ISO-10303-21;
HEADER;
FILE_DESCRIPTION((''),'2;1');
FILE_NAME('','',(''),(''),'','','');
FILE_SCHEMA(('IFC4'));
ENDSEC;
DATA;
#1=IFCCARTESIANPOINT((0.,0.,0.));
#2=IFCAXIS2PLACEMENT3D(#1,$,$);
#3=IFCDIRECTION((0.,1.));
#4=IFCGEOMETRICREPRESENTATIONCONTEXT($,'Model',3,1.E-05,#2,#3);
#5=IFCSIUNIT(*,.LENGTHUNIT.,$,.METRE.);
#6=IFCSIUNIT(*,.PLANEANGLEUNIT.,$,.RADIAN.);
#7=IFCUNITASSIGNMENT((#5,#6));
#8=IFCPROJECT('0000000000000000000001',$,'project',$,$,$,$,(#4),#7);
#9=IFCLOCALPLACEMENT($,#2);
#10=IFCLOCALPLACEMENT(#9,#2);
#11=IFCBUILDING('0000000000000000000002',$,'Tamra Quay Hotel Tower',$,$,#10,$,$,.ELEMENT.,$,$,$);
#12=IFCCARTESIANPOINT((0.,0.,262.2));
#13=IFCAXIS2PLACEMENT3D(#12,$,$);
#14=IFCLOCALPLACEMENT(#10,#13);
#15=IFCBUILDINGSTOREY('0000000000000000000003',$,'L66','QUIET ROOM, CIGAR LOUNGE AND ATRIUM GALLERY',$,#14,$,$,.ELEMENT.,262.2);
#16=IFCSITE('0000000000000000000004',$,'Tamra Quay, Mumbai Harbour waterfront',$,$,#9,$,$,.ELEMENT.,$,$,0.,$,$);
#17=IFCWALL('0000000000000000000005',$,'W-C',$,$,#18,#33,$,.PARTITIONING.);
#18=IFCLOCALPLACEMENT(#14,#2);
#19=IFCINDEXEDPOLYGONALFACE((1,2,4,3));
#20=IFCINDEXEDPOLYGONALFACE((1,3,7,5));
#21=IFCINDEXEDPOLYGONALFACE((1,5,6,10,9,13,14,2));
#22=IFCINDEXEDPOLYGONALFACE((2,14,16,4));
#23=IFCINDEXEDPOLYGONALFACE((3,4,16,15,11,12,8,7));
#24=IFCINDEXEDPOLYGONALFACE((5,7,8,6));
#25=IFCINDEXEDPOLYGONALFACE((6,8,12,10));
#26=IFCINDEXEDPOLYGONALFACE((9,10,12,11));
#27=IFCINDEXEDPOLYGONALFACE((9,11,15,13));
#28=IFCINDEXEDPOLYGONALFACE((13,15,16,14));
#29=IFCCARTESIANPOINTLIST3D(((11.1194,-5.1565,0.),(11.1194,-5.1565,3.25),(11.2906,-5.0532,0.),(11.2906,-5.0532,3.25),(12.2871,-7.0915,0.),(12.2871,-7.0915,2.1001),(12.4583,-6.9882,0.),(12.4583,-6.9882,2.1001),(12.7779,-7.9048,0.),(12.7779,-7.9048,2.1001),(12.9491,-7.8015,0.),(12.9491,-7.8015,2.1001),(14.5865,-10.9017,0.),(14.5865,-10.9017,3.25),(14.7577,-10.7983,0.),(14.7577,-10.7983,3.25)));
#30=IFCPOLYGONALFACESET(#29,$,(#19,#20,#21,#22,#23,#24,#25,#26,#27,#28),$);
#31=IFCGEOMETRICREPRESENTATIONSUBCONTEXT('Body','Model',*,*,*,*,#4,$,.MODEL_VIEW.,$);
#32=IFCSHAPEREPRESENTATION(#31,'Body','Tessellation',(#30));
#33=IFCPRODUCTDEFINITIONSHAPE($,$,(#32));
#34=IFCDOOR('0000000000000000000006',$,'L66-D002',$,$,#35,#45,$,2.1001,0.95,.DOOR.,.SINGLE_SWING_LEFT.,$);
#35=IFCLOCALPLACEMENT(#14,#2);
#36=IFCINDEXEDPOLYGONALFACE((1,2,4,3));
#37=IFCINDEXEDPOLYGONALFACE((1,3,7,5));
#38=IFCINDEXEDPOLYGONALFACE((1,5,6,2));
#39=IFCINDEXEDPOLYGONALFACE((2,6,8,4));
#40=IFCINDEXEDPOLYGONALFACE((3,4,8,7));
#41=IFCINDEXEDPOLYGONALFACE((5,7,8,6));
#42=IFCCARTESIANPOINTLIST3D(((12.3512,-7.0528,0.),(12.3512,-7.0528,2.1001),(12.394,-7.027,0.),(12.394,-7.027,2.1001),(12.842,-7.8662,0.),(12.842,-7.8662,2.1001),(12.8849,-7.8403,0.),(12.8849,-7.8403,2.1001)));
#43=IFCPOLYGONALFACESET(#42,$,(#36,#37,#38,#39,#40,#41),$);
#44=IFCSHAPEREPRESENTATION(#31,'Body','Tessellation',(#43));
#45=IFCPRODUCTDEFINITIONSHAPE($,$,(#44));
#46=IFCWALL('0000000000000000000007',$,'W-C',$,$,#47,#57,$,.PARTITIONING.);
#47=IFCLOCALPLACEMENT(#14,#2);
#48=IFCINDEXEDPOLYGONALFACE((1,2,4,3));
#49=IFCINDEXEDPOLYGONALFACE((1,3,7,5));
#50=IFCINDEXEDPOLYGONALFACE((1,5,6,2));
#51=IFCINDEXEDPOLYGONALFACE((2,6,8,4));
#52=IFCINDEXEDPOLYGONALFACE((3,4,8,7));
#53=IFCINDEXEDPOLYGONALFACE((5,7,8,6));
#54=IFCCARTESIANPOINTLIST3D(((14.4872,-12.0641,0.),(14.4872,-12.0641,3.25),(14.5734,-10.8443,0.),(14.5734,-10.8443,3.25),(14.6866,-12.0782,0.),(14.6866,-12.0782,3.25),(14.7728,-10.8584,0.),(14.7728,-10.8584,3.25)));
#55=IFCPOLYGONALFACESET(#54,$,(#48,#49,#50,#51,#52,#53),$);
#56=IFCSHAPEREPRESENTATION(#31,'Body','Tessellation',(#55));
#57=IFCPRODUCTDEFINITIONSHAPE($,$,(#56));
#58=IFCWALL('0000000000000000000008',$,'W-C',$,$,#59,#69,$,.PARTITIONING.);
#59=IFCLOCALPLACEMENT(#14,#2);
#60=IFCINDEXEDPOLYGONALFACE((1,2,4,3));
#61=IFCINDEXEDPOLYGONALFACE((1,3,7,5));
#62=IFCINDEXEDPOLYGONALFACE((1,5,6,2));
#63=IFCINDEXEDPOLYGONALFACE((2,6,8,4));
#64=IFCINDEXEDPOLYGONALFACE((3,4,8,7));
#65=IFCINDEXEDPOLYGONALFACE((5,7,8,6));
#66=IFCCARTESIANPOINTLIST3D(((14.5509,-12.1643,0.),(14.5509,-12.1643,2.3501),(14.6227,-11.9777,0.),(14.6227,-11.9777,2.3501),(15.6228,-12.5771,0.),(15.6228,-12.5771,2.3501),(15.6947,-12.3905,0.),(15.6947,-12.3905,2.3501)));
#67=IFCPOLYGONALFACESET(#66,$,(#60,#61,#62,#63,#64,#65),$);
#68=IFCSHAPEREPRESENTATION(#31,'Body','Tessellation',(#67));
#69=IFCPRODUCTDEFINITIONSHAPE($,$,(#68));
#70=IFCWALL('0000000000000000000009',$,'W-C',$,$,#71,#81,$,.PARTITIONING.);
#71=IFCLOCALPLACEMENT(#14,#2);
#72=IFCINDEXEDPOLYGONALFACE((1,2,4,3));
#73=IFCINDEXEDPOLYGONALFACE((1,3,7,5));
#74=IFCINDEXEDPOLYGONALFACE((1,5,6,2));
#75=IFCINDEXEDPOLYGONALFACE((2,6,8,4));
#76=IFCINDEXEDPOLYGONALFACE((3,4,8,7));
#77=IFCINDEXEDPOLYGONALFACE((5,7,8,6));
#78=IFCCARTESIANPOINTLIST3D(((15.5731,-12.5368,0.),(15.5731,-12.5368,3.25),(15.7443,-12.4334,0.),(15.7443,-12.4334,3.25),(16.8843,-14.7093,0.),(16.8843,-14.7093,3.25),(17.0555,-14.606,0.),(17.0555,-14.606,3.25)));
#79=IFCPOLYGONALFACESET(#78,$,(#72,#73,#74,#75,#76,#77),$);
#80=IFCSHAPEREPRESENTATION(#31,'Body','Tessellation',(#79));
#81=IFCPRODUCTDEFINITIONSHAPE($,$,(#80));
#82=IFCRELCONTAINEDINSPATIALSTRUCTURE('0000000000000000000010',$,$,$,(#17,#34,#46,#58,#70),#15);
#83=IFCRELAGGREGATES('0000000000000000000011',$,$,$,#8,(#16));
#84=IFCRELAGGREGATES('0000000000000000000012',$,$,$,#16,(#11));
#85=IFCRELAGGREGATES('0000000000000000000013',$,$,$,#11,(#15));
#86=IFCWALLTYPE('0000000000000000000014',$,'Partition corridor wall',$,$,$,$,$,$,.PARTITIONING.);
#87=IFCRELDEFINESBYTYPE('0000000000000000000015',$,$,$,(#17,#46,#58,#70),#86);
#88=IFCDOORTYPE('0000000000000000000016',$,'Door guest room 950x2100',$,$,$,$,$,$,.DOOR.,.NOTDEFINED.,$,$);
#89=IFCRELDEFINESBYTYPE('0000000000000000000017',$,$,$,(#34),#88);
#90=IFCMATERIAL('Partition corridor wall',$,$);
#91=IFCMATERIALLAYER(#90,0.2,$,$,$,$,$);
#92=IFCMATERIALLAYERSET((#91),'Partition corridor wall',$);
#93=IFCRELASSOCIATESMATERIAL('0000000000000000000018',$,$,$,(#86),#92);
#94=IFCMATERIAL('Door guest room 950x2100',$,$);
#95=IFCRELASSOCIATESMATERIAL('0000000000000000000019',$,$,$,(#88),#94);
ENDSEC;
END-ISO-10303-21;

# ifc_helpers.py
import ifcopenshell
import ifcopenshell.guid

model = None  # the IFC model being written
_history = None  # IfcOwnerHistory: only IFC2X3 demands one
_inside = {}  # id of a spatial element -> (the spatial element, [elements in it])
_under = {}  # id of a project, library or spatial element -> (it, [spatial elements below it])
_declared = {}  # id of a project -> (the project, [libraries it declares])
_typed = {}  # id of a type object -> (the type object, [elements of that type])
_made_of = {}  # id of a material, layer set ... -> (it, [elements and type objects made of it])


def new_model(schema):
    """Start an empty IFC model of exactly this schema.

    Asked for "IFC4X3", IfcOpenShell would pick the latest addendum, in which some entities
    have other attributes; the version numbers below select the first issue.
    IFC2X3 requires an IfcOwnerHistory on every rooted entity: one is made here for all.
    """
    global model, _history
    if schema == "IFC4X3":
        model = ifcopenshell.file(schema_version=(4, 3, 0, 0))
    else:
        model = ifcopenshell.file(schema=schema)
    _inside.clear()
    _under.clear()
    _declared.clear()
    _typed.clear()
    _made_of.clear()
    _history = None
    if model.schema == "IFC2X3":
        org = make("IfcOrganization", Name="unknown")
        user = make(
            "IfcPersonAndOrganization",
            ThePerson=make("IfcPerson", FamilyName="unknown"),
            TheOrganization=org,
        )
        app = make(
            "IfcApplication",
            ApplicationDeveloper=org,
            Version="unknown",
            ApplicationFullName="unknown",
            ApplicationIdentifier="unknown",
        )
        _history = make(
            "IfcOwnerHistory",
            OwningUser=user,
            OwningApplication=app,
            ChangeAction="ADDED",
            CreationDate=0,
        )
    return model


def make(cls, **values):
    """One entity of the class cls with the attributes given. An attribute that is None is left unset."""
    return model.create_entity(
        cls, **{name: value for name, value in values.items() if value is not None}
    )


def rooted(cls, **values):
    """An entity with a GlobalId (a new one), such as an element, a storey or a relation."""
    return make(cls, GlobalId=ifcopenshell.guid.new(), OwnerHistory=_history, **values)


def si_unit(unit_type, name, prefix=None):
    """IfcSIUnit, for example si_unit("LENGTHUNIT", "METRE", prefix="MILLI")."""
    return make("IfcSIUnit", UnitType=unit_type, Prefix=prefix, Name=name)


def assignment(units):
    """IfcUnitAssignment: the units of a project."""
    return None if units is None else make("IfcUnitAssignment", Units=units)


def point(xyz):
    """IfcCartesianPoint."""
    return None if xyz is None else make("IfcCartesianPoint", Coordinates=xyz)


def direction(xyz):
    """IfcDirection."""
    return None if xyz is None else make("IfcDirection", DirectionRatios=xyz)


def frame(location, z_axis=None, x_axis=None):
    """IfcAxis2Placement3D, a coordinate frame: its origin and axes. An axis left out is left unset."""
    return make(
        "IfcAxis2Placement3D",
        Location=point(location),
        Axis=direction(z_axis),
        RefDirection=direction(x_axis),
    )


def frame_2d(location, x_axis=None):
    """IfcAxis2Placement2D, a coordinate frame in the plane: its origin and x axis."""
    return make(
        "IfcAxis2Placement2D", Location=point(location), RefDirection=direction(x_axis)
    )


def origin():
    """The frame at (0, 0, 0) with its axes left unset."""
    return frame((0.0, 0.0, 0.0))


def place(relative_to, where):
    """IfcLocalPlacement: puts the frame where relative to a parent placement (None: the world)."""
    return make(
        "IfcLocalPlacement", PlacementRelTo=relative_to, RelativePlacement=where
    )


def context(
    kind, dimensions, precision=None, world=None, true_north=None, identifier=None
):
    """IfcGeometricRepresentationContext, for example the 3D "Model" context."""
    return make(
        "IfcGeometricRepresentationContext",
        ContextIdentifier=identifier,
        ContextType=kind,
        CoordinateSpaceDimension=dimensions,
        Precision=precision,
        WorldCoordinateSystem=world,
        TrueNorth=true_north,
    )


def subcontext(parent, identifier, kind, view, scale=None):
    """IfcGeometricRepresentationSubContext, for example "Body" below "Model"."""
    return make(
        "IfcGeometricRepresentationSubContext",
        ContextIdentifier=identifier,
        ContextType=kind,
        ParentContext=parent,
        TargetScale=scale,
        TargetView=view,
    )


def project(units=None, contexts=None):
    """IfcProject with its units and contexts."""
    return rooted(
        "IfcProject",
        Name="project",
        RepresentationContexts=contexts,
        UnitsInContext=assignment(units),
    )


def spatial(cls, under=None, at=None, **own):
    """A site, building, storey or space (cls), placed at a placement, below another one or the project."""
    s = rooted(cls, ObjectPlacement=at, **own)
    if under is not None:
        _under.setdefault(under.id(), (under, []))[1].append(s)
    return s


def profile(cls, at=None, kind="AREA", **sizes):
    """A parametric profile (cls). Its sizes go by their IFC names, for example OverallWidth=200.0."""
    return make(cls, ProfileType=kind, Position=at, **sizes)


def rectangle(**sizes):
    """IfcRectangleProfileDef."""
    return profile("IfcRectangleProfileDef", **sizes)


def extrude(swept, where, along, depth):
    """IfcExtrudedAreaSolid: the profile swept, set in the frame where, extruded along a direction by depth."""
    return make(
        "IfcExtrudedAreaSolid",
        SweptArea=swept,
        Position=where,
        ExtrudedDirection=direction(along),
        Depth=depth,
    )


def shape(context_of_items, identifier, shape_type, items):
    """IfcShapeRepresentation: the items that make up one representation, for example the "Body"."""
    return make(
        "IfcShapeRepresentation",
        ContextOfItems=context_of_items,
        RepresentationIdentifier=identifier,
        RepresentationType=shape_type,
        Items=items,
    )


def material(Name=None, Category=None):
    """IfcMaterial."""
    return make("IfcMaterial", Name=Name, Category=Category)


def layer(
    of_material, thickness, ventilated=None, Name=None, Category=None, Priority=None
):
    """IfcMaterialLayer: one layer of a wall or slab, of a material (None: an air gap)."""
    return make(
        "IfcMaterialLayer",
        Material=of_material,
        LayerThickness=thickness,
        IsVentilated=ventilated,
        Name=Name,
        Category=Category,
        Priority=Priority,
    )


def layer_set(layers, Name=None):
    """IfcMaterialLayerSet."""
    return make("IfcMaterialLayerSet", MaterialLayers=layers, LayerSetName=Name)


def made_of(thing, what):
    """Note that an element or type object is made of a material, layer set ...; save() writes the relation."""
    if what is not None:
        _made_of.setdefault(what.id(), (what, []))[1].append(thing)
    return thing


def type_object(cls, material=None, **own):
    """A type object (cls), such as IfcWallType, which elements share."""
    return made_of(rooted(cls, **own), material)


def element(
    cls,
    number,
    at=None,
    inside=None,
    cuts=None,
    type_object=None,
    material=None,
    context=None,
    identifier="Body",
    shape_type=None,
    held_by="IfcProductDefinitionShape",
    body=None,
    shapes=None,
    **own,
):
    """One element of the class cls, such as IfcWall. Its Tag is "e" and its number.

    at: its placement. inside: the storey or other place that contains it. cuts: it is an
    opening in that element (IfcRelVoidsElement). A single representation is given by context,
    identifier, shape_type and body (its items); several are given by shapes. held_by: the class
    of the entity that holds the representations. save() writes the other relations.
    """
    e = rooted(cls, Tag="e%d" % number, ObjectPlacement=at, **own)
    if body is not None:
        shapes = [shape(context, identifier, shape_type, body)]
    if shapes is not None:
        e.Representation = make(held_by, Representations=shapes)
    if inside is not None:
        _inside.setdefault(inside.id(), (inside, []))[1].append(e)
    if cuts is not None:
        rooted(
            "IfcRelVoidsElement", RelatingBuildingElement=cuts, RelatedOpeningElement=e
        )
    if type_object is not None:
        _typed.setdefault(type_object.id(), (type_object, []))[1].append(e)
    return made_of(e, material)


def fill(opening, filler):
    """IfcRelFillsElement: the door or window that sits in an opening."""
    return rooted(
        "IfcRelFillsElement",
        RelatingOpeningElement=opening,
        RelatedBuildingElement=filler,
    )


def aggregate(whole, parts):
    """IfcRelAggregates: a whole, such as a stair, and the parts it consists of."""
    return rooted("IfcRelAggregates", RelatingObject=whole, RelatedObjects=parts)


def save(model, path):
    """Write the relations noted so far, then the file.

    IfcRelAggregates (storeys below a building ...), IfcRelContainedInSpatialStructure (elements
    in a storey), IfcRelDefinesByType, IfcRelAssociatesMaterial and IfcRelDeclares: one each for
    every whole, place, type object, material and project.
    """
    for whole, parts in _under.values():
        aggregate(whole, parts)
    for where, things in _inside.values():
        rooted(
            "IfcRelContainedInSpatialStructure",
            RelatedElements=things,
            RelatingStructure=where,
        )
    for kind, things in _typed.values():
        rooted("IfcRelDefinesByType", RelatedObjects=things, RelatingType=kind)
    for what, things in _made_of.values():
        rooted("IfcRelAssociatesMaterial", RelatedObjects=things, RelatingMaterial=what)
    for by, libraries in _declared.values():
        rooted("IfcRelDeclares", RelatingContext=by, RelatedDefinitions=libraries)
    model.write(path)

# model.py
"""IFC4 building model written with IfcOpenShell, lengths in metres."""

from ifc_helpers import new_model, si_unit, direction, frame, frame_2d, origin, place, context, subcontext, project, spatial, rectangle, extrude, material, layer, layer_set, type_object, element, fill, save


model = new_model("IFC4")

# Units and contexts
model_context = context("Model", 3, precision=1e-05, world=origin(), true_north=direction((0.0, 1.0)))
body_context = subcontext(model_context, "Body", "Model", "MODEL_VIEW")
ifc_project = project(units=[si_unit("LENGTHUNIT", "METRE"), si_unit("PLANEANGLEUNIT", "RADIAN")], contexts=[model_context])

# Site, building, storey
site_placement = place(None, origin())
site = spatial("IfcSite", under=ifc_project, at=site_placement, Name="Tamra Quay, Mumbai Harbour waterfront", CompositionType="ELEMENT", RefElevation=0.0)
building_placement = place(site_placement, origin())
building = spatial("IfcBuilding", under=site, at=building_placement, Name="Tamra Quay Hotel Tower", CompositionType="ELEMENT")
storey_placement = place(building_placement, frame((0.0, 0.0, 262.2)))
storey = spatial("IfcBuildingStorey", under=building, at=storey_placement, Name="L66", Description="QUIET ROOM, CIGAR LOUNGE AND ATRIUM GALLERY", CompositionType="ELEMENT", Elevation=262.2)

# Wall, opening, door
ifc_material_1 = material(Name="Partition corridor wall")
ifc_layer_1 = layer(ifc_material_1, 0.2)
ifc_layer_set_1 = layer_set([ifc_layer_1], Name="Partition corridor wall")
wall_type_1 = type_object("IfcWallType", Name="Partition corridor wall", PredefinedType="PARTITIONING", material=ifc_layer_set_1)
wall_1_placement = place(storey_placement, frame((11.2051, -5.105, 0.0), z_axis=(0.0, 0.0, 1.0), x_axis=(0.516682, -0.856177, 0.0)))
wall_1 = element("IfcWall", 1, at=wall_1_placement, inside=storey, type_object=wall_type_1, Name="W-C", PredefinedType="PARTITIONING", context=body_context, shape_type="SweptSolid", body=[
    extrude(rectangle(XDim=6.7102, YDim=0.2, at=frame_2d((3.355, 0.0))), origin(), (0.0, 0.0, 1.0), 3.25),
])
opening_1_placement = place(wall_1_placement, frame((2.2598, 0.0, 0.0)))
opening_1 = element("IfcOpeningElement", 2, at=opening_1_placement, cuts=wall_1, PredefinedType="OPENING", context=body_context, shape_type="SweptSolid", body=[
    extrude(rectangle(XDim=0.95, YDim=2.1001, at=frame_2d((0.4751, 1.05))), frame((0.0, 0.1099, 0.0), z_axis=(0.0, -1.0, 0.0), x_axis=(1.0, 0.0, 0.0)), (0.0, 0.0, 1.0), 0.22),
])
ifc_material_2 = material(Name="Door guest room 950x2100")
door_type_1 = type_object("IfcDoorType", Name="Door guest room 950x2100", OperationType="NOTDEFINED", PredefinedType="DOOR", material=ifc_material_2)
door_1_placement = place(opening_1_placement, origin())
door_1 = element("IfcDoor", 3, at=door_1_placement, inside=storey, type_object=door_type_1, Name="L66-D002", OperationType="SINGLE_SWING_LEFT", OverallHeight=2.1001, OverallWidth=0.95, PredefinedType="DOOR", context=body_context, shape_type="SweptSolid", body=[
    extrude(rectangle(XDim=0.95, YDim=2.1001, at=frame_2d((0.4751, 1.05))), frame((0.0, 0.0249, 0.0), z_axis=(0.0, -1.0, 0.0), x_axis=(1.0, 0.0, 0.0)), (0.0, 0.0, 1.0), 0.05),
])
fill(opening_1, door_1)

# Walls
wall_2_placement = place(storey_placement, frame((14.5869, -12.071, 0.0), z_axis=(0.0, 0.0, 1.0), x_axis=(0.070467, 0.997514, 0.0)))
element("IfcWall", 4, at=wall_2_placement, inside=storey, type_object=wall_type_1, Name="W-C", PredefinedType="PARTITIONING", context=body_context, shape_type="SweptSolid", body=[
    extrude(rectangle(XDim=1.2229, YDim=0.2, at=frame_2d((0.6113, 0.0))), origin(), (0.0, 0.0, 1.0), 3.25),
])
wall_3_placement = place(storey_placement, frame((14.5869, -12.071, 0.0), z_axis=(0.0, 0.0, 1.0), x_axis=(0.933192, -0.359378, 0.0)))
element("IfcWall", 5, at=wall_3_placement, inside=storey, type_object=wall_type_1, Name="W-C", PredefinedType="PARTITIONING", context=body_context, shape_type="SweptSolid", body=[
    extrude(rectangle(XDim=1.1487, YDim=0.2, at=frame_2d((0.5742, 0.0))), origin(), (0.0, 0.0, 1.0), 2.3501),
])
wall_4_placement = place(storey_placement, frame((15.6587, -12.4851, 0.0), z_axis=(0.0, 0.0, 1.0), x_axis=(0.516729, -0.856149, 0.0)))
element("IfcWall", 6, at=wall_4_placement, inside=storey, type_object=wall_type_1, Name="W-C", PredefinedType="PARTITIONING", context=body_context, shape_type="SweptSolid", body=[
    extrude(rectangle(XDim=2.5376, YDim=0.2, at=frame_2d((1.2688, 0.0))), origin(), (0.0, 0.0, 1.0), 3.25),
])

save(model, "model.ifc")
